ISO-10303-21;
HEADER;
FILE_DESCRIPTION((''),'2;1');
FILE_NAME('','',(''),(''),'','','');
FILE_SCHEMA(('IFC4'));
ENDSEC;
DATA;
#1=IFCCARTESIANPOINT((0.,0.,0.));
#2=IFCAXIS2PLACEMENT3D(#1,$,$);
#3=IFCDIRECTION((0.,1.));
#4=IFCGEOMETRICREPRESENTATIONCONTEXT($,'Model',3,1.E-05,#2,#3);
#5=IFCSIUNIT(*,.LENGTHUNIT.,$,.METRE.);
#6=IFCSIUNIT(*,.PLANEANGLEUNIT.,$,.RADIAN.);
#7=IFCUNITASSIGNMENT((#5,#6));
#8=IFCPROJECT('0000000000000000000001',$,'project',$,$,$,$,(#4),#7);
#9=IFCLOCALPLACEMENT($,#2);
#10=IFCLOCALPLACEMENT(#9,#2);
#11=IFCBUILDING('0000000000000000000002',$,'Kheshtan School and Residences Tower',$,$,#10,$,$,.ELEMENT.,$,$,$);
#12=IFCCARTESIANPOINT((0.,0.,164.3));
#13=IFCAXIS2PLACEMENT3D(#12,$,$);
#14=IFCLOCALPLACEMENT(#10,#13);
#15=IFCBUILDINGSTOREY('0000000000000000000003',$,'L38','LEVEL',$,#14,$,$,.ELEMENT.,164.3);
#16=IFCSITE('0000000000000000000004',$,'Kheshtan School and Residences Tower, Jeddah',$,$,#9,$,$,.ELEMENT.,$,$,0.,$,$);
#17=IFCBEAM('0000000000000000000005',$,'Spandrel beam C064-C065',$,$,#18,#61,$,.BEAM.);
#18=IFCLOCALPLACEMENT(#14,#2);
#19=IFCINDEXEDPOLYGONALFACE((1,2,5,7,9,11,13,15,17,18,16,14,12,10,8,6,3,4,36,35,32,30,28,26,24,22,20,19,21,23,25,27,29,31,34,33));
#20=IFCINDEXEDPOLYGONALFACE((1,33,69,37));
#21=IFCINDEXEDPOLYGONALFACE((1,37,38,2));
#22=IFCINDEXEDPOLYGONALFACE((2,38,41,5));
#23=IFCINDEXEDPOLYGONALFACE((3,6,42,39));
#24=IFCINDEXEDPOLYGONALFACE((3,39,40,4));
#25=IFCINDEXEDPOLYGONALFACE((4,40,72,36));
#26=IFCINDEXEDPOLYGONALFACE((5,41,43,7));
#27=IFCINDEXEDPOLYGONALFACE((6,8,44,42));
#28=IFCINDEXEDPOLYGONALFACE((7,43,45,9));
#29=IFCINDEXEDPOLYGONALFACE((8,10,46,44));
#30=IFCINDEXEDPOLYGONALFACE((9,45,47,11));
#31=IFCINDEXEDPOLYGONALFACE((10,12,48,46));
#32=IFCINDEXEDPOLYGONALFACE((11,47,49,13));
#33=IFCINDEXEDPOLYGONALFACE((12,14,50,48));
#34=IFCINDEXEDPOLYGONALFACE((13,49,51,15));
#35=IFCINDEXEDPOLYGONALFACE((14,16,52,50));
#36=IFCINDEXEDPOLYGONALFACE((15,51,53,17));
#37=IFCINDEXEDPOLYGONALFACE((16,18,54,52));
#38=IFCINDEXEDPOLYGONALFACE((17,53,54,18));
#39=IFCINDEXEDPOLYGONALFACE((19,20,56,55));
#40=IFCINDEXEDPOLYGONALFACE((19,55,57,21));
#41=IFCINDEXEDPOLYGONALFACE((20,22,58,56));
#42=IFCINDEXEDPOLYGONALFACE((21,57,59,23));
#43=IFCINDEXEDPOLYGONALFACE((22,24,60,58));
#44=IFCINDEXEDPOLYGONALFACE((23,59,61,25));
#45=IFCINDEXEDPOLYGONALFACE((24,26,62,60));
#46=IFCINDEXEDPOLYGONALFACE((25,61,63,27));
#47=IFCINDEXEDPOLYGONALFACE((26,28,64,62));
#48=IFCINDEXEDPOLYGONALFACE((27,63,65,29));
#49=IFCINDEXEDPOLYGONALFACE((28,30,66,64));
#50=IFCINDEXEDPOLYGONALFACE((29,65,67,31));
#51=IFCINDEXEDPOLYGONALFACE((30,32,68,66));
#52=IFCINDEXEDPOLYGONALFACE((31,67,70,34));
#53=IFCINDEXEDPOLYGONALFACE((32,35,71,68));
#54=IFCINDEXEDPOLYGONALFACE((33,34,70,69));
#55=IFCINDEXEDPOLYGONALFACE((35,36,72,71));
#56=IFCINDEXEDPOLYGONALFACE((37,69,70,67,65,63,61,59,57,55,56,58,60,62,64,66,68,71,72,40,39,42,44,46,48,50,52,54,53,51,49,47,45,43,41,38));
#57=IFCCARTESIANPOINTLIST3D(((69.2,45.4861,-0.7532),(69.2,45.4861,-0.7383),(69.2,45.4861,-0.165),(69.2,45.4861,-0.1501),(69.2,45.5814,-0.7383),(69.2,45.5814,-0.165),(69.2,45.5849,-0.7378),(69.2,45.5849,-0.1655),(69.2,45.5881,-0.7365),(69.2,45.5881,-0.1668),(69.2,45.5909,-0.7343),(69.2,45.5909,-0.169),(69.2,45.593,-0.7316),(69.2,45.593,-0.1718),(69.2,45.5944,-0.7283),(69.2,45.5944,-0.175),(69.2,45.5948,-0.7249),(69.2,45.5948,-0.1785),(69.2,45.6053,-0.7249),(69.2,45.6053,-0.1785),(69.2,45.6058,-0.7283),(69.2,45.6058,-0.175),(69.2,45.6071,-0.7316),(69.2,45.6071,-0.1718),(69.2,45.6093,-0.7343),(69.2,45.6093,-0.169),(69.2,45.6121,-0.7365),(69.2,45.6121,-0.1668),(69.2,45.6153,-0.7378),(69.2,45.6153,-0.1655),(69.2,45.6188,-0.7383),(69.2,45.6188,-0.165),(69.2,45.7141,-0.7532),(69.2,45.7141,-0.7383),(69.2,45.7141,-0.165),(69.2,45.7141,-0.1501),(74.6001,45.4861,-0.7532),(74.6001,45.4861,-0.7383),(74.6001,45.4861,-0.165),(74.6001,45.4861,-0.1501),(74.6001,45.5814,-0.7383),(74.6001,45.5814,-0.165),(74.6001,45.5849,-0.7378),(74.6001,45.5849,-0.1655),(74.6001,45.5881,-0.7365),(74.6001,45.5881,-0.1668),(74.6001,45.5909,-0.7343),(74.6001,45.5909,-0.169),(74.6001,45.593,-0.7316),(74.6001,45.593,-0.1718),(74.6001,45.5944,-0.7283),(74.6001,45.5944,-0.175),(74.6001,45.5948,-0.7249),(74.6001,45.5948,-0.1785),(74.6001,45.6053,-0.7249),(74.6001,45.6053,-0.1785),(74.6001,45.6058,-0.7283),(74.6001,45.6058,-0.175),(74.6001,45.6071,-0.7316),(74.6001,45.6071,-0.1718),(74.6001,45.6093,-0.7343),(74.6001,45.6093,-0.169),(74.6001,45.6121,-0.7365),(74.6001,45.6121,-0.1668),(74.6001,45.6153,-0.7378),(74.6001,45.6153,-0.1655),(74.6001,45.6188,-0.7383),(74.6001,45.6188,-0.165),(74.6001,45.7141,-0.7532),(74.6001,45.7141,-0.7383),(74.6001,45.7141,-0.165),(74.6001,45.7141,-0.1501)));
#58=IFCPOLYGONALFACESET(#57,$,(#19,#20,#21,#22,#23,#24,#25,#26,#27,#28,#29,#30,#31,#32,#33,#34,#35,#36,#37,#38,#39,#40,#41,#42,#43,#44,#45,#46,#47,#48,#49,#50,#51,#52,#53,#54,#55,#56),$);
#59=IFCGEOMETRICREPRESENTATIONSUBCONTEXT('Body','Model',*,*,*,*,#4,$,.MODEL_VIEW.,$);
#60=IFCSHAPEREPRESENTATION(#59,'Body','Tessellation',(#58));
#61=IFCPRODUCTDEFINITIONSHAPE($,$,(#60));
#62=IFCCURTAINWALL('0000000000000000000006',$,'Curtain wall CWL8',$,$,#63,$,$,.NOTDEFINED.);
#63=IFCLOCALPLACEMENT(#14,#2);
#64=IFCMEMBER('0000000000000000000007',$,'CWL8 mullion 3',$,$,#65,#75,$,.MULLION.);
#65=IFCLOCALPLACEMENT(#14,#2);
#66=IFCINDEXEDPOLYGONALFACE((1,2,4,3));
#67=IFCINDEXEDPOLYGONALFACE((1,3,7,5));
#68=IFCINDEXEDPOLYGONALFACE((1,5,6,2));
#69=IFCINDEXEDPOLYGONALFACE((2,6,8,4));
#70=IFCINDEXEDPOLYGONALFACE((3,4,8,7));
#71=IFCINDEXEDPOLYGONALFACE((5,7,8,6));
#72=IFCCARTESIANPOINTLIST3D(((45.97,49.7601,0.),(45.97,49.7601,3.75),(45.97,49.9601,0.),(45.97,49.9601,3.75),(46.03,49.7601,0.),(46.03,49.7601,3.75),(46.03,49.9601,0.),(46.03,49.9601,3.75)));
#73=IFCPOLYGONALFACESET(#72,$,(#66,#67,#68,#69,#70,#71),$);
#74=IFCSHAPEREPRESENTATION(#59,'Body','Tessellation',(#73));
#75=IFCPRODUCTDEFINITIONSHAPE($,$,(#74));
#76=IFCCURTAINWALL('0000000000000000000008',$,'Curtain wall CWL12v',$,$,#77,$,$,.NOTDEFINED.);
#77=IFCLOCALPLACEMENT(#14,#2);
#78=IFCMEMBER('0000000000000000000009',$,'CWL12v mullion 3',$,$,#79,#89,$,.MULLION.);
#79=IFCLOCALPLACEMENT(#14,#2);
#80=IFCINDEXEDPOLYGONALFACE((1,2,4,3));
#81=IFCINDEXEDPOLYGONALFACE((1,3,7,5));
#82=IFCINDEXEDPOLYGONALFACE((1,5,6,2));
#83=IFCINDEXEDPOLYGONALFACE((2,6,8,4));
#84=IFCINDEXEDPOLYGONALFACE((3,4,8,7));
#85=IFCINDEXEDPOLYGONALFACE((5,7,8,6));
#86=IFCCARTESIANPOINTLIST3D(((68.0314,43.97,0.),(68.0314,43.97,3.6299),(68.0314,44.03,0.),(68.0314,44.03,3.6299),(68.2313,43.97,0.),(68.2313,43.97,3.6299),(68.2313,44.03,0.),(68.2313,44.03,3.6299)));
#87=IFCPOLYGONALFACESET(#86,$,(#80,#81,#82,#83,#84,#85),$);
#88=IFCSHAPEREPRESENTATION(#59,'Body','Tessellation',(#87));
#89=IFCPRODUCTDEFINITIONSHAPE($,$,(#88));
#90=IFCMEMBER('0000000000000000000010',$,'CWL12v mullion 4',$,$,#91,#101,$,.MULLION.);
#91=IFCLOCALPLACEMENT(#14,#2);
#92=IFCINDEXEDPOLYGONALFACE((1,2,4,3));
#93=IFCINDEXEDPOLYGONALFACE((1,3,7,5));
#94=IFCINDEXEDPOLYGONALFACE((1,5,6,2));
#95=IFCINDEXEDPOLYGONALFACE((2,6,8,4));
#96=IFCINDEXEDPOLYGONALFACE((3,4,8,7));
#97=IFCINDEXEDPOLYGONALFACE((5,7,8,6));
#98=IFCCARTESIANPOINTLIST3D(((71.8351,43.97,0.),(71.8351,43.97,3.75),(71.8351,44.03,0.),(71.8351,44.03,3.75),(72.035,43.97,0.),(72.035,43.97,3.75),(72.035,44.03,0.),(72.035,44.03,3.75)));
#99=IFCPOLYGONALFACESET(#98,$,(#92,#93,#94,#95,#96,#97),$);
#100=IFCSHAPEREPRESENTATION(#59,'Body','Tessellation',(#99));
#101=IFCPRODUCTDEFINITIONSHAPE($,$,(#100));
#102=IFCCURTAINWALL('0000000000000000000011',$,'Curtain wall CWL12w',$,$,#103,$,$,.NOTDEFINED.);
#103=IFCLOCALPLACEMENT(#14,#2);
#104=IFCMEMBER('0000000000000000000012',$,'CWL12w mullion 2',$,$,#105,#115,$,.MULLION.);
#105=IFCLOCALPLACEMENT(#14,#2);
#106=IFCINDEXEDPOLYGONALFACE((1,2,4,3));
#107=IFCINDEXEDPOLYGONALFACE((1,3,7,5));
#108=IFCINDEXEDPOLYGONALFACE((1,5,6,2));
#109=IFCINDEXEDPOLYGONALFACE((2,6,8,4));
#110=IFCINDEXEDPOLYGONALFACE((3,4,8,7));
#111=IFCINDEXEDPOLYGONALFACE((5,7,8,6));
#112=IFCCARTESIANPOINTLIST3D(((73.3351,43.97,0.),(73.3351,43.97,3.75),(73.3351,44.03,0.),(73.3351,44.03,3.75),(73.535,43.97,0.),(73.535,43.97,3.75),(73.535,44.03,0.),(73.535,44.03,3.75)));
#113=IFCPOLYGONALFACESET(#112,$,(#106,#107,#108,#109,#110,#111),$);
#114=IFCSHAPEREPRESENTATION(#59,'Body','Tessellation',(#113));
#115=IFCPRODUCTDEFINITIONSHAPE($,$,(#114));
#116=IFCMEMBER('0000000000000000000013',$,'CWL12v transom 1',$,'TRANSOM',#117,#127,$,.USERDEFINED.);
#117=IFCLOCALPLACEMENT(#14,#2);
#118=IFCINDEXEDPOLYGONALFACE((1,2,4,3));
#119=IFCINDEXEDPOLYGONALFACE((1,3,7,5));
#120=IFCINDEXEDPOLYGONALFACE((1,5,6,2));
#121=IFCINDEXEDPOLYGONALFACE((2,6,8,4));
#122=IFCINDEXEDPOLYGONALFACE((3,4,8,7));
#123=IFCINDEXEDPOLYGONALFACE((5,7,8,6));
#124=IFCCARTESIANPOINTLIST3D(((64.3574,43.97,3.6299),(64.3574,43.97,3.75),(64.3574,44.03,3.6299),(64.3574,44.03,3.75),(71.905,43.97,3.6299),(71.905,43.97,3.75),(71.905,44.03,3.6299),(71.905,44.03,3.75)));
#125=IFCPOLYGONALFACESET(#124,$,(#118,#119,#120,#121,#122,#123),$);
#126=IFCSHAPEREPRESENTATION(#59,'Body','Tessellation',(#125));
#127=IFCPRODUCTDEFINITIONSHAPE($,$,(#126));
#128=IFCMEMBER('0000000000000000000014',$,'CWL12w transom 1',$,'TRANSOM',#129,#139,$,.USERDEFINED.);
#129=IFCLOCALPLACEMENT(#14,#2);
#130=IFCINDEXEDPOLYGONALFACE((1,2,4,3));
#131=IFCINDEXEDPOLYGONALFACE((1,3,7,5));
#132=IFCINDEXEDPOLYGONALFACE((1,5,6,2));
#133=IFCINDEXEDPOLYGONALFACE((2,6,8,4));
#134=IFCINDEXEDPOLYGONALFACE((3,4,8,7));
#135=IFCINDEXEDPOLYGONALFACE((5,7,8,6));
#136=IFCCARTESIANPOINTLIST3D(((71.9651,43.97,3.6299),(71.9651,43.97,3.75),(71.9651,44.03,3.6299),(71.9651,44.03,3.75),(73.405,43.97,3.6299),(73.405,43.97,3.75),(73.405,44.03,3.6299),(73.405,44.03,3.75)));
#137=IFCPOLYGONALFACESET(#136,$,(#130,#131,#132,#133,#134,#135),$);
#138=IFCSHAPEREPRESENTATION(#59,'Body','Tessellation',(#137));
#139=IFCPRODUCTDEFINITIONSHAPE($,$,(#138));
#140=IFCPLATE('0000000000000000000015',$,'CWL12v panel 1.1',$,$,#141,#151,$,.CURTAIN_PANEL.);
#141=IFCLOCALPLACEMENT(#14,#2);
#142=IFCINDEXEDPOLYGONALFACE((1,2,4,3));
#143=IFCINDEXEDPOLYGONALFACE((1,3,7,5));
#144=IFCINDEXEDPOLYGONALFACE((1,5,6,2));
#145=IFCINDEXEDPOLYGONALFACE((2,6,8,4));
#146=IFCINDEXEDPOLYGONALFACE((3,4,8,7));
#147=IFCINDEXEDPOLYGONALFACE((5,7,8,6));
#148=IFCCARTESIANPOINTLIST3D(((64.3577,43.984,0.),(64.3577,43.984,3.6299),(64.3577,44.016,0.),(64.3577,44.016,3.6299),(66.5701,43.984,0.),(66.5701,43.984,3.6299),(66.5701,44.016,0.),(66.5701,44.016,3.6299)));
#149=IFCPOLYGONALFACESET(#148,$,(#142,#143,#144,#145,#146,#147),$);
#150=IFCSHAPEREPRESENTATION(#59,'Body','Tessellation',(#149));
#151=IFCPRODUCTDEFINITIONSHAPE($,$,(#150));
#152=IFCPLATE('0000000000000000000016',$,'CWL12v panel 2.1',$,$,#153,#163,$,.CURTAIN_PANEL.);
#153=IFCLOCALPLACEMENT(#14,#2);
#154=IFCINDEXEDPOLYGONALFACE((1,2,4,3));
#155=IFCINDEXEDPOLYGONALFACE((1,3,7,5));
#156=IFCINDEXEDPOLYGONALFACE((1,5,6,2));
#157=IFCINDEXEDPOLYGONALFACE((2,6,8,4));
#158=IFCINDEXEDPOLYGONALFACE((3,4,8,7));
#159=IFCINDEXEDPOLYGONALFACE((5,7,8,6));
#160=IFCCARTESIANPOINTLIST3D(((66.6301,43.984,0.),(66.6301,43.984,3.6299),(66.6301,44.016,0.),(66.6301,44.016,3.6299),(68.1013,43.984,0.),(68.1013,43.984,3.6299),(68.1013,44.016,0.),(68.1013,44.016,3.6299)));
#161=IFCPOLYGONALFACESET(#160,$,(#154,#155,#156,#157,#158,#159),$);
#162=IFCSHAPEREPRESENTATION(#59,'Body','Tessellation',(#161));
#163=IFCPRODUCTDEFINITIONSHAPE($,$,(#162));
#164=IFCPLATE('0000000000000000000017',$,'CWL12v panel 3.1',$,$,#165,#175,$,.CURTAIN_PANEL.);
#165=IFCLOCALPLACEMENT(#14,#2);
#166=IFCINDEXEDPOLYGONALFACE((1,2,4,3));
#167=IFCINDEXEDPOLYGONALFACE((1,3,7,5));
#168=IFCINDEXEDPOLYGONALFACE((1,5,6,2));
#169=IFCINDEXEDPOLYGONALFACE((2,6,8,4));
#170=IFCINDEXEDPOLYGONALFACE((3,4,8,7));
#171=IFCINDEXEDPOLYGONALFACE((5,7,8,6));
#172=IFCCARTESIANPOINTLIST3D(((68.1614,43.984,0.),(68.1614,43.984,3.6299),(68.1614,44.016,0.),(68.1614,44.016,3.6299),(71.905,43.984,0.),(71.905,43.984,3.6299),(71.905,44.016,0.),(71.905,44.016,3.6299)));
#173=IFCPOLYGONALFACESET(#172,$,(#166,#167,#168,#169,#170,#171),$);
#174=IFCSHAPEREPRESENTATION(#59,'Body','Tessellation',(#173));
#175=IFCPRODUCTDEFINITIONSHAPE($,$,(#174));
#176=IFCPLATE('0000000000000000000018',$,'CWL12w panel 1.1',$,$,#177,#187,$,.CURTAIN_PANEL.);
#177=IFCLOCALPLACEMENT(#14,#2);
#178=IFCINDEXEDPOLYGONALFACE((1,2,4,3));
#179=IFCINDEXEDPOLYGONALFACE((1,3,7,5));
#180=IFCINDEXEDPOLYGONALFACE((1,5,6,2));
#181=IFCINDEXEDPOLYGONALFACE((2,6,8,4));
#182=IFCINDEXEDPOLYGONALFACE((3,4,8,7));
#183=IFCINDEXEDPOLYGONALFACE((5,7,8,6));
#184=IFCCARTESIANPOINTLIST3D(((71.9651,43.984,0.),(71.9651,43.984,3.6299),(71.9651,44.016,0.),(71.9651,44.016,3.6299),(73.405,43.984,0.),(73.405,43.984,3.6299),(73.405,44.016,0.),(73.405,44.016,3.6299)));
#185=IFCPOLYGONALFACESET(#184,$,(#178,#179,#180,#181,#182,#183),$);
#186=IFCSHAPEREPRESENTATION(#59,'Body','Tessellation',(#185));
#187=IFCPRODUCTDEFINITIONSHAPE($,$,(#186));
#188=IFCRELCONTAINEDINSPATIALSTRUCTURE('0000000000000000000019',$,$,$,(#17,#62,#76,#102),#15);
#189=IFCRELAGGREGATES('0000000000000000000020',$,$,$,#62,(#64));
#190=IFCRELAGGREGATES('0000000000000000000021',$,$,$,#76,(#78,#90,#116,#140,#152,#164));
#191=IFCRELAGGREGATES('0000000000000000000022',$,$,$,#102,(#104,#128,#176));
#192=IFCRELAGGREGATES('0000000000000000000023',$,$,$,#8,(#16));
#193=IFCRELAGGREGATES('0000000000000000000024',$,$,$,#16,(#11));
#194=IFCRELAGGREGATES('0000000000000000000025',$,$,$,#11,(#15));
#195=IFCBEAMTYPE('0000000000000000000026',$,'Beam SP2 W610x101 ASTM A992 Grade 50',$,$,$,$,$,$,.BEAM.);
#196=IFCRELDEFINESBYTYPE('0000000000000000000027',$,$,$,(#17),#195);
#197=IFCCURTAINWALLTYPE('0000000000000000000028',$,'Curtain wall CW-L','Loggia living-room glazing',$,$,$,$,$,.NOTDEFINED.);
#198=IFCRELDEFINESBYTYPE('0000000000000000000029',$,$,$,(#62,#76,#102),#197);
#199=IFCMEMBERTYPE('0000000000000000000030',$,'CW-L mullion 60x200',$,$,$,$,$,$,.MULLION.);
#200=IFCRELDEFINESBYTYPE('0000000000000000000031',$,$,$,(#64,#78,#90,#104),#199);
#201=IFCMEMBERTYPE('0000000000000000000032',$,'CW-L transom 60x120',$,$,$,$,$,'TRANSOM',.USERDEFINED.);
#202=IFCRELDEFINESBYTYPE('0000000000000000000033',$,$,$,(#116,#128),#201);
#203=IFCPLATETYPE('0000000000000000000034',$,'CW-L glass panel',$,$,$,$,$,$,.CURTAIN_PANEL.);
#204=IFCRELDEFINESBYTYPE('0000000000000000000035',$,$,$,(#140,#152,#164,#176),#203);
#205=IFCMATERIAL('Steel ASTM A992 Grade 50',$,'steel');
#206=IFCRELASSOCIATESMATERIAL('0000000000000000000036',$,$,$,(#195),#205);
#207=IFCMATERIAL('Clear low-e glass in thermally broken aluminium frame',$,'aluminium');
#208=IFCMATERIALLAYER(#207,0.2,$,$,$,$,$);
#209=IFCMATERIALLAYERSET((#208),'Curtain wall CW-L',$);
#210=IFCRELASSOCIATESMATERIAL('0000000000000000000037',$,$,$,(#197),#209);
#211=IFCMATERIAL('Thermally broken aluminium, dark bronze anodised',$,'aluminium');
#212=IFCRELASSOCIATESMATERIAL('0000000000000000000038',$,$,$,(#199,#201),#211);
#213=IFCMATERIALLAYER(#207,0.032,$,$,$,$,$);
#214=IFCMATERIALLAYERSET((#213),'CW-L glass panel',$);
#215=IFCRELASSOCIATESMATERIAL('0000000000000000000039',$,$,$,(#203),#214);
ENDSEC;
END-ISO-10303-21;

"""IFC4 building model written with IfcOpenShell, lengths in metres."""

from ifc_helpers import new_model, si_unit, direction, frame, origin, origin_2d, place, context, subcontext, project, spatial, rectangle, i_section, extrude, material, layer, layer_set, material_profile, profile_set, type_object, element, aggregate, save


model = new_model("IFC4")

# Units and contexts
model_context = context("Model", 3, precision=1e-05, world=origin(), true_north=direction((0.0, 1.0)))
body_context = subcontext(model_context, "Body", "Model", "MODEL_VIEW")
ifc_project = project(units=[si_unit("LENGTHUNIT", "METRE"), si_unit("PLANEANGLEUNIT", "RADIAN")], contexts=[model_context])

# Site, building, storey
site_placement = place(None, origin())
site = spatial("IfcSite", under=ifc_project, at=site_placement, Name="Kheshtan School and Residences Tower, Jeddah", CompositionType="ELEMENT", RefElevation=0.0)
building_placement = place(site_placement, origin())
building = spatial("IfcBuilding", under=site, at=building_placement, Name="Kheshtan School and Residences Tower", CompositionType="ELEMENT")
storey_placement = place(building_placement, frame((0.0, 0.0, 164.3)))
storey = spatial("IfcBuildingStorey", under=building, at=storey_placement, Name="L38", Description="LEVEL", CompositionType="ELEMENT", Elevation=164.3)

# Shared definitions
ifc_material_1 = material(Name="Steel ASTM A992 Grade 50", Category="steel")

# Beam
ifc_material_profile_1 = material_profile(ifc_material_1, i_section(OverallWidth=0.228, OverallDepth=0.603, WebThickness=0.0105, FlangeThickness=0.0149, FilletRadius=0.0134, at=origin_2d()), Name="W610x101")
ifc_profile_set_1 = profile_set([ifc_material_profile_1], Name="Steel ASTM A992 Grade 50")
beam_type_1 = type_object("IfcBeamType", Name="Beam SP2 W610x101 ASTM A992 Grade 50", PredefinedType="BEAM", material=ifc_profile_set_1)
beam_1_placement = place(storey_placement, frame((69.2, 45.6001, -0.4517), z_axis=(1.0, 0.0, 0.0), x_axis=(0.0, 1.0, 0.0)))
element("IfcBeam", 1, at=beam_1_placement, inside=storey, type_object=beam_type_1, Name="Spandrel beam C064-C065", PredefinedType="BEAM", context=body_context, shape_type="SweptSolid", body=[
    extrude(i_section(OverallWidth=0.228, OverallDepth=0.603, WebThickness=0.0105, FlangeThickness=0.0149, FilletRadius=0.0134, at=origin_2d()), origin(), (0.0, 0.0, 1.0), 5.4001),
])

# Curtain wall, member
ifc_material_2 = material(Name="Clear low-e glass in thermally broken aluminium frame", Category="aluminium")
ifc_layer_1 = layer(ifc_material_2, 0.2)
ifc_layer_set_1 = layer_set([ifc_layer_1], Name="Curtain wall CW-L")
curtain_wall_type = type_object("IfcCurtainWallType", Name="Curtain wall CW-L", Description="Loggia living-room glazing", PredefinedType="NOTDEFINED", material=ifc_layer_set_1)
curtain_wall_1_placement = place(storey_placement, origin())
curtain_wall_1 = element("IfcCurtainWall", 2, at=curtain_wall_1_placement, inside=storey, type_object=curtain_wall_type, Name="Curtain wall CWL8", PredefinedType="NOTDEFINED")
ifc_material_3 = material(Name="Thermally broken aluminium, dark bronze anodised", Category="aluminium")
ifc_material_profile_2 = material_profile(ifc_material_3, rectangle(XDim=0.0601, YDim=0.2, at=origin_2d()), Name="CW-L mullion 60x200")
ifc_profile_set_2 = profile_set([ifc_material_profile_2], Name="Thermally broken aluminium, dark bronze anodised")
member_type_1 = type_object("IfcMemberType", Name="CW-L mullion 60x200", PredefinedType="MULLION", material=ifc_profile_set_2)
member_1_placement = place(storey_placement, frame((46.0, 49.8601, 0.0), z_axis=(0.0, 0.0, 1.0), x_axis=(1.0, 0.0, 0.0)))
member_1 = element("IfcMember", 3, at=member_1_placement, type_object=member_type_1, Name="CWL8 mullion 3", PredefinedType="MULLION", context=body_context, shape_type="SweptSolid", body=[
    extrude(rectangle(XDim=0.0601, YDim=0.2, at=origin_2d()), origin(), (0.0, 0.0, 1.0), 3.75),
])
aggregate(curtain_wall_1, [member_1])

# Curtain wall, members
curtain_wall_2_placement = place(storey_placement, origin())
curtain_wall_2 = element("IfcCurtainWall", 4, at=curtain_wall_2_placement, inside=storey, type_object=curtain_wall_type, Name="Curtain wall CWL12v", PredefinedType="NOTDEFINED")
member_2_placement = place(storey_placement, frame((68.1313, 44.0, 0.0), z_axis=(0.0, 0.0, 1.0), x_axis=(0.0, 1.0, 0.0)))
member_2 = element("IfcMember", 5, at=member_2_placement, type_object=member_type_1, Name="CWL12v mullion 3", PredefinedType="MULLION", context=body_context, shape_type="SweptSolid", body=[
    extrude(rectangle(XDim=0.0601, YDim=0.2, at=origin_2d()), origin(), (0.0, 0.0, 1.0), 3.6299),
])
member_3_placement = place(storey_placement, frame((71.9351, 44.0, 0.0), z_axis=(0.0, 0.0, 1.0), x_axis=(0.0, 1.0, 0.0)))
member_3 = element("IfcMember", 6, at=member_3_placement, type_object=member_type_1, Name="CWL12v mullion 4", PredefinedType="MULLION", context=body_context, shape_type="SweptSolid", body=[
    extrude(rectangle(XDim=0.0601, YDim=0.2, at=origin_2d()), origin(), (0.0, 0.0, 1.0), 3.75),
])

# Curtain wall, member
curtain_wall_3_placement = place(storey_placement, origin())
curtain_wall_3 = element("IfcCurtainWall", 7, at=curtain_wall_3_placement, inside=storey, type_object=curtain_wall_type, Name="Curtain wall CWL12w", PredefinedType="NOTDEFINED")
member_4_placement = place(storey_placement, frame((73.4351, 44.0, 0.0), z_axis=(0.0, 0.0, 1.0), x_axis=(0.0, 1.0, 0.0)))
member_4 = element("IfcMember", 8, at=member_4_placement, type_object=member_type_1, Name="CWL12w mullion 2", PredefinedType="MULLION", context=body_context, shape_type="SweptSolid", body=[
    extrude(rectangle(XDim=0.0601, YDim=0.2, at=origin_2d()), origin(), (0.0, 0.0, 1.0), 3.75),
])

# Members
ifc_material_profile_3 = material_profile(ifc_material_3, rectangle(XDim=0.0601, YDim=0.1201, at=origin_2d()), Name="CW-L transom 60x120")
ifc_profile_set_3 = profile_set([ifc_material_profile_3], Name="Thermally broken aluminium, dark bronze anodised")
member_type_2 = type_object("IfcMemberType", Name="CW-L transom 60x120", ElementType="TRANSOM", PredefinedType="USERDEFINED", material=ifc_profile_set_3)
member_5_placement = place(storey_placement, frame((64.3574, 44.0, 3.6899), z_axis=(1.0, 0.0, 0.0), x_axis=(0.0, 1.0, 0.0)))
member_5 = element("IfcMember", 9, at=member_5_placement, type_object=member_type_2, Name="CWL12v transom 1", ObjectType="TRANSOM", PredefinedType="USERDEFINED", context=body_context, shape_type="SweptSolid", body=[
    extrude(rectangle(XDim=0.0601, YDim=0.1201, at=origin_2d()), origin(), (0.0, 0.0, 1.0), 7.5476),
])
member_6_placement = place(storey_placement, frame((71.9651, 44.0, 3.6899), z_axis=(1.0, 0.0, 0.0), x_axis=(0.0, 1.0, 0.0)))
member_6 = element("IfcMember", 10, at=member_6_placement, type_object=member_type_2, Name="CWL12w transom 1", ObjectType="TRANSOM", PredefinedType="USERDEFINED", context=body_context, shape_type="SweptSolid", body=[
    extrude(rectangle(XDim=0.0601, YDim=0.1201, at=origin_2d()), origin(), (0.0, 0.0, 1.0), 1.4399),
])

# Plates
ifc_layer_2 = layer(ifc_material_2, 0.032)
ifc_layer_set_2 = layer_set([ifc_layer_2], Name="CW-L glass panel")
plate_type = type_object("IfcPlateType", Name="CW-L glass panel", PredefinedType="CURTAIN_PANEL", material=ifc_layer_set_2)
plate_1_placement = place(storey_placement, frame((65.4639, 44.0, 0.0), z_axis=(0.0, 0.0, 1.0), x_axis=(1.0, 0.0, 0.0)))
plate_1 = element("IfcPlate", 11, at=plate_1_placement, type_object=plate_type, Name="CWL12v panel 1.1", PredefinedType="CURTAIN_PANEL", context=body_context, shape_type="SweptSolid", body=[
    extrude(rectangle(XDim=2.2124, YDim=0.032, at=origin_2d()), origin(), (0.0, 0.0, 1.0), 3.6299),
])
plate_2_placement = place(storey_placement, frame((67.3657, 44.0, 0.0), z_axis=(0.0, 0.0, 1.0), x_axis=(1.0, 0.0, 0.0)))
plate_2 = element("IfcPlate", 12, at=plate_2_placement, type_object=plate_type, Name="CWL12v panel 2.1", PredefinedType="CURTAIN_PANEL", context=body_context, shape_type="SweptSolid", body=[
    extrude(rectangle(XDim=1.4712, YDim=0.032, at=origin_2d()), origin(), (0.0, 0.0, 1.0), 3.6299),
])
plate_3_placement = place(storey_placement, frame((70.0332, 44.0, 0.0), z_axis=(0.0, 0.0, 1.0), x_axis=(1.0, 0.0, 0.0)))
plate_3 = element("IfcPlate", 13, at=plate_3_placement, type_object=plate_type, Name="CWL12v panel 3.1", PredefinedType="CURTAIN_PANEL", context=body_context, shape_type="SweptSolid", body=[
    extrude(rectangle(XDim=3.7437, YDim=0.032, at=origin_2d()), origin(), (0.0, 0.0, 1.0), 3.6299),
])
aggregate(curtain_wall_2, [member_2, member_3, member_5, plate_1, plate_2, plate_3])
plate_4_placement = place(storey_placement, frame((72.6851, 44.0, 0.0), z_axis=(0.0, 0.0, 1.0), x_axis=(1.0, 0.0, 0.0)))
plate_4 = element("IfcPlate", 14, at=plate_4_placement, type_object=plate_type, Name="CWL12w panel 1.1", PredefinedType="CURTAIN_PANEL", context=body_context, shape_type="SweptSolid", body=[
    extrude(rectangle(XDim=1.4399, YDim=0.032, at=origin_2d()), origin(), (0.0, 0.0, 1.0), 3.6299),
])
aggregate(curtain_wall_3, [member_4, member_6, plate_4])

save(model, "model.ifc")
